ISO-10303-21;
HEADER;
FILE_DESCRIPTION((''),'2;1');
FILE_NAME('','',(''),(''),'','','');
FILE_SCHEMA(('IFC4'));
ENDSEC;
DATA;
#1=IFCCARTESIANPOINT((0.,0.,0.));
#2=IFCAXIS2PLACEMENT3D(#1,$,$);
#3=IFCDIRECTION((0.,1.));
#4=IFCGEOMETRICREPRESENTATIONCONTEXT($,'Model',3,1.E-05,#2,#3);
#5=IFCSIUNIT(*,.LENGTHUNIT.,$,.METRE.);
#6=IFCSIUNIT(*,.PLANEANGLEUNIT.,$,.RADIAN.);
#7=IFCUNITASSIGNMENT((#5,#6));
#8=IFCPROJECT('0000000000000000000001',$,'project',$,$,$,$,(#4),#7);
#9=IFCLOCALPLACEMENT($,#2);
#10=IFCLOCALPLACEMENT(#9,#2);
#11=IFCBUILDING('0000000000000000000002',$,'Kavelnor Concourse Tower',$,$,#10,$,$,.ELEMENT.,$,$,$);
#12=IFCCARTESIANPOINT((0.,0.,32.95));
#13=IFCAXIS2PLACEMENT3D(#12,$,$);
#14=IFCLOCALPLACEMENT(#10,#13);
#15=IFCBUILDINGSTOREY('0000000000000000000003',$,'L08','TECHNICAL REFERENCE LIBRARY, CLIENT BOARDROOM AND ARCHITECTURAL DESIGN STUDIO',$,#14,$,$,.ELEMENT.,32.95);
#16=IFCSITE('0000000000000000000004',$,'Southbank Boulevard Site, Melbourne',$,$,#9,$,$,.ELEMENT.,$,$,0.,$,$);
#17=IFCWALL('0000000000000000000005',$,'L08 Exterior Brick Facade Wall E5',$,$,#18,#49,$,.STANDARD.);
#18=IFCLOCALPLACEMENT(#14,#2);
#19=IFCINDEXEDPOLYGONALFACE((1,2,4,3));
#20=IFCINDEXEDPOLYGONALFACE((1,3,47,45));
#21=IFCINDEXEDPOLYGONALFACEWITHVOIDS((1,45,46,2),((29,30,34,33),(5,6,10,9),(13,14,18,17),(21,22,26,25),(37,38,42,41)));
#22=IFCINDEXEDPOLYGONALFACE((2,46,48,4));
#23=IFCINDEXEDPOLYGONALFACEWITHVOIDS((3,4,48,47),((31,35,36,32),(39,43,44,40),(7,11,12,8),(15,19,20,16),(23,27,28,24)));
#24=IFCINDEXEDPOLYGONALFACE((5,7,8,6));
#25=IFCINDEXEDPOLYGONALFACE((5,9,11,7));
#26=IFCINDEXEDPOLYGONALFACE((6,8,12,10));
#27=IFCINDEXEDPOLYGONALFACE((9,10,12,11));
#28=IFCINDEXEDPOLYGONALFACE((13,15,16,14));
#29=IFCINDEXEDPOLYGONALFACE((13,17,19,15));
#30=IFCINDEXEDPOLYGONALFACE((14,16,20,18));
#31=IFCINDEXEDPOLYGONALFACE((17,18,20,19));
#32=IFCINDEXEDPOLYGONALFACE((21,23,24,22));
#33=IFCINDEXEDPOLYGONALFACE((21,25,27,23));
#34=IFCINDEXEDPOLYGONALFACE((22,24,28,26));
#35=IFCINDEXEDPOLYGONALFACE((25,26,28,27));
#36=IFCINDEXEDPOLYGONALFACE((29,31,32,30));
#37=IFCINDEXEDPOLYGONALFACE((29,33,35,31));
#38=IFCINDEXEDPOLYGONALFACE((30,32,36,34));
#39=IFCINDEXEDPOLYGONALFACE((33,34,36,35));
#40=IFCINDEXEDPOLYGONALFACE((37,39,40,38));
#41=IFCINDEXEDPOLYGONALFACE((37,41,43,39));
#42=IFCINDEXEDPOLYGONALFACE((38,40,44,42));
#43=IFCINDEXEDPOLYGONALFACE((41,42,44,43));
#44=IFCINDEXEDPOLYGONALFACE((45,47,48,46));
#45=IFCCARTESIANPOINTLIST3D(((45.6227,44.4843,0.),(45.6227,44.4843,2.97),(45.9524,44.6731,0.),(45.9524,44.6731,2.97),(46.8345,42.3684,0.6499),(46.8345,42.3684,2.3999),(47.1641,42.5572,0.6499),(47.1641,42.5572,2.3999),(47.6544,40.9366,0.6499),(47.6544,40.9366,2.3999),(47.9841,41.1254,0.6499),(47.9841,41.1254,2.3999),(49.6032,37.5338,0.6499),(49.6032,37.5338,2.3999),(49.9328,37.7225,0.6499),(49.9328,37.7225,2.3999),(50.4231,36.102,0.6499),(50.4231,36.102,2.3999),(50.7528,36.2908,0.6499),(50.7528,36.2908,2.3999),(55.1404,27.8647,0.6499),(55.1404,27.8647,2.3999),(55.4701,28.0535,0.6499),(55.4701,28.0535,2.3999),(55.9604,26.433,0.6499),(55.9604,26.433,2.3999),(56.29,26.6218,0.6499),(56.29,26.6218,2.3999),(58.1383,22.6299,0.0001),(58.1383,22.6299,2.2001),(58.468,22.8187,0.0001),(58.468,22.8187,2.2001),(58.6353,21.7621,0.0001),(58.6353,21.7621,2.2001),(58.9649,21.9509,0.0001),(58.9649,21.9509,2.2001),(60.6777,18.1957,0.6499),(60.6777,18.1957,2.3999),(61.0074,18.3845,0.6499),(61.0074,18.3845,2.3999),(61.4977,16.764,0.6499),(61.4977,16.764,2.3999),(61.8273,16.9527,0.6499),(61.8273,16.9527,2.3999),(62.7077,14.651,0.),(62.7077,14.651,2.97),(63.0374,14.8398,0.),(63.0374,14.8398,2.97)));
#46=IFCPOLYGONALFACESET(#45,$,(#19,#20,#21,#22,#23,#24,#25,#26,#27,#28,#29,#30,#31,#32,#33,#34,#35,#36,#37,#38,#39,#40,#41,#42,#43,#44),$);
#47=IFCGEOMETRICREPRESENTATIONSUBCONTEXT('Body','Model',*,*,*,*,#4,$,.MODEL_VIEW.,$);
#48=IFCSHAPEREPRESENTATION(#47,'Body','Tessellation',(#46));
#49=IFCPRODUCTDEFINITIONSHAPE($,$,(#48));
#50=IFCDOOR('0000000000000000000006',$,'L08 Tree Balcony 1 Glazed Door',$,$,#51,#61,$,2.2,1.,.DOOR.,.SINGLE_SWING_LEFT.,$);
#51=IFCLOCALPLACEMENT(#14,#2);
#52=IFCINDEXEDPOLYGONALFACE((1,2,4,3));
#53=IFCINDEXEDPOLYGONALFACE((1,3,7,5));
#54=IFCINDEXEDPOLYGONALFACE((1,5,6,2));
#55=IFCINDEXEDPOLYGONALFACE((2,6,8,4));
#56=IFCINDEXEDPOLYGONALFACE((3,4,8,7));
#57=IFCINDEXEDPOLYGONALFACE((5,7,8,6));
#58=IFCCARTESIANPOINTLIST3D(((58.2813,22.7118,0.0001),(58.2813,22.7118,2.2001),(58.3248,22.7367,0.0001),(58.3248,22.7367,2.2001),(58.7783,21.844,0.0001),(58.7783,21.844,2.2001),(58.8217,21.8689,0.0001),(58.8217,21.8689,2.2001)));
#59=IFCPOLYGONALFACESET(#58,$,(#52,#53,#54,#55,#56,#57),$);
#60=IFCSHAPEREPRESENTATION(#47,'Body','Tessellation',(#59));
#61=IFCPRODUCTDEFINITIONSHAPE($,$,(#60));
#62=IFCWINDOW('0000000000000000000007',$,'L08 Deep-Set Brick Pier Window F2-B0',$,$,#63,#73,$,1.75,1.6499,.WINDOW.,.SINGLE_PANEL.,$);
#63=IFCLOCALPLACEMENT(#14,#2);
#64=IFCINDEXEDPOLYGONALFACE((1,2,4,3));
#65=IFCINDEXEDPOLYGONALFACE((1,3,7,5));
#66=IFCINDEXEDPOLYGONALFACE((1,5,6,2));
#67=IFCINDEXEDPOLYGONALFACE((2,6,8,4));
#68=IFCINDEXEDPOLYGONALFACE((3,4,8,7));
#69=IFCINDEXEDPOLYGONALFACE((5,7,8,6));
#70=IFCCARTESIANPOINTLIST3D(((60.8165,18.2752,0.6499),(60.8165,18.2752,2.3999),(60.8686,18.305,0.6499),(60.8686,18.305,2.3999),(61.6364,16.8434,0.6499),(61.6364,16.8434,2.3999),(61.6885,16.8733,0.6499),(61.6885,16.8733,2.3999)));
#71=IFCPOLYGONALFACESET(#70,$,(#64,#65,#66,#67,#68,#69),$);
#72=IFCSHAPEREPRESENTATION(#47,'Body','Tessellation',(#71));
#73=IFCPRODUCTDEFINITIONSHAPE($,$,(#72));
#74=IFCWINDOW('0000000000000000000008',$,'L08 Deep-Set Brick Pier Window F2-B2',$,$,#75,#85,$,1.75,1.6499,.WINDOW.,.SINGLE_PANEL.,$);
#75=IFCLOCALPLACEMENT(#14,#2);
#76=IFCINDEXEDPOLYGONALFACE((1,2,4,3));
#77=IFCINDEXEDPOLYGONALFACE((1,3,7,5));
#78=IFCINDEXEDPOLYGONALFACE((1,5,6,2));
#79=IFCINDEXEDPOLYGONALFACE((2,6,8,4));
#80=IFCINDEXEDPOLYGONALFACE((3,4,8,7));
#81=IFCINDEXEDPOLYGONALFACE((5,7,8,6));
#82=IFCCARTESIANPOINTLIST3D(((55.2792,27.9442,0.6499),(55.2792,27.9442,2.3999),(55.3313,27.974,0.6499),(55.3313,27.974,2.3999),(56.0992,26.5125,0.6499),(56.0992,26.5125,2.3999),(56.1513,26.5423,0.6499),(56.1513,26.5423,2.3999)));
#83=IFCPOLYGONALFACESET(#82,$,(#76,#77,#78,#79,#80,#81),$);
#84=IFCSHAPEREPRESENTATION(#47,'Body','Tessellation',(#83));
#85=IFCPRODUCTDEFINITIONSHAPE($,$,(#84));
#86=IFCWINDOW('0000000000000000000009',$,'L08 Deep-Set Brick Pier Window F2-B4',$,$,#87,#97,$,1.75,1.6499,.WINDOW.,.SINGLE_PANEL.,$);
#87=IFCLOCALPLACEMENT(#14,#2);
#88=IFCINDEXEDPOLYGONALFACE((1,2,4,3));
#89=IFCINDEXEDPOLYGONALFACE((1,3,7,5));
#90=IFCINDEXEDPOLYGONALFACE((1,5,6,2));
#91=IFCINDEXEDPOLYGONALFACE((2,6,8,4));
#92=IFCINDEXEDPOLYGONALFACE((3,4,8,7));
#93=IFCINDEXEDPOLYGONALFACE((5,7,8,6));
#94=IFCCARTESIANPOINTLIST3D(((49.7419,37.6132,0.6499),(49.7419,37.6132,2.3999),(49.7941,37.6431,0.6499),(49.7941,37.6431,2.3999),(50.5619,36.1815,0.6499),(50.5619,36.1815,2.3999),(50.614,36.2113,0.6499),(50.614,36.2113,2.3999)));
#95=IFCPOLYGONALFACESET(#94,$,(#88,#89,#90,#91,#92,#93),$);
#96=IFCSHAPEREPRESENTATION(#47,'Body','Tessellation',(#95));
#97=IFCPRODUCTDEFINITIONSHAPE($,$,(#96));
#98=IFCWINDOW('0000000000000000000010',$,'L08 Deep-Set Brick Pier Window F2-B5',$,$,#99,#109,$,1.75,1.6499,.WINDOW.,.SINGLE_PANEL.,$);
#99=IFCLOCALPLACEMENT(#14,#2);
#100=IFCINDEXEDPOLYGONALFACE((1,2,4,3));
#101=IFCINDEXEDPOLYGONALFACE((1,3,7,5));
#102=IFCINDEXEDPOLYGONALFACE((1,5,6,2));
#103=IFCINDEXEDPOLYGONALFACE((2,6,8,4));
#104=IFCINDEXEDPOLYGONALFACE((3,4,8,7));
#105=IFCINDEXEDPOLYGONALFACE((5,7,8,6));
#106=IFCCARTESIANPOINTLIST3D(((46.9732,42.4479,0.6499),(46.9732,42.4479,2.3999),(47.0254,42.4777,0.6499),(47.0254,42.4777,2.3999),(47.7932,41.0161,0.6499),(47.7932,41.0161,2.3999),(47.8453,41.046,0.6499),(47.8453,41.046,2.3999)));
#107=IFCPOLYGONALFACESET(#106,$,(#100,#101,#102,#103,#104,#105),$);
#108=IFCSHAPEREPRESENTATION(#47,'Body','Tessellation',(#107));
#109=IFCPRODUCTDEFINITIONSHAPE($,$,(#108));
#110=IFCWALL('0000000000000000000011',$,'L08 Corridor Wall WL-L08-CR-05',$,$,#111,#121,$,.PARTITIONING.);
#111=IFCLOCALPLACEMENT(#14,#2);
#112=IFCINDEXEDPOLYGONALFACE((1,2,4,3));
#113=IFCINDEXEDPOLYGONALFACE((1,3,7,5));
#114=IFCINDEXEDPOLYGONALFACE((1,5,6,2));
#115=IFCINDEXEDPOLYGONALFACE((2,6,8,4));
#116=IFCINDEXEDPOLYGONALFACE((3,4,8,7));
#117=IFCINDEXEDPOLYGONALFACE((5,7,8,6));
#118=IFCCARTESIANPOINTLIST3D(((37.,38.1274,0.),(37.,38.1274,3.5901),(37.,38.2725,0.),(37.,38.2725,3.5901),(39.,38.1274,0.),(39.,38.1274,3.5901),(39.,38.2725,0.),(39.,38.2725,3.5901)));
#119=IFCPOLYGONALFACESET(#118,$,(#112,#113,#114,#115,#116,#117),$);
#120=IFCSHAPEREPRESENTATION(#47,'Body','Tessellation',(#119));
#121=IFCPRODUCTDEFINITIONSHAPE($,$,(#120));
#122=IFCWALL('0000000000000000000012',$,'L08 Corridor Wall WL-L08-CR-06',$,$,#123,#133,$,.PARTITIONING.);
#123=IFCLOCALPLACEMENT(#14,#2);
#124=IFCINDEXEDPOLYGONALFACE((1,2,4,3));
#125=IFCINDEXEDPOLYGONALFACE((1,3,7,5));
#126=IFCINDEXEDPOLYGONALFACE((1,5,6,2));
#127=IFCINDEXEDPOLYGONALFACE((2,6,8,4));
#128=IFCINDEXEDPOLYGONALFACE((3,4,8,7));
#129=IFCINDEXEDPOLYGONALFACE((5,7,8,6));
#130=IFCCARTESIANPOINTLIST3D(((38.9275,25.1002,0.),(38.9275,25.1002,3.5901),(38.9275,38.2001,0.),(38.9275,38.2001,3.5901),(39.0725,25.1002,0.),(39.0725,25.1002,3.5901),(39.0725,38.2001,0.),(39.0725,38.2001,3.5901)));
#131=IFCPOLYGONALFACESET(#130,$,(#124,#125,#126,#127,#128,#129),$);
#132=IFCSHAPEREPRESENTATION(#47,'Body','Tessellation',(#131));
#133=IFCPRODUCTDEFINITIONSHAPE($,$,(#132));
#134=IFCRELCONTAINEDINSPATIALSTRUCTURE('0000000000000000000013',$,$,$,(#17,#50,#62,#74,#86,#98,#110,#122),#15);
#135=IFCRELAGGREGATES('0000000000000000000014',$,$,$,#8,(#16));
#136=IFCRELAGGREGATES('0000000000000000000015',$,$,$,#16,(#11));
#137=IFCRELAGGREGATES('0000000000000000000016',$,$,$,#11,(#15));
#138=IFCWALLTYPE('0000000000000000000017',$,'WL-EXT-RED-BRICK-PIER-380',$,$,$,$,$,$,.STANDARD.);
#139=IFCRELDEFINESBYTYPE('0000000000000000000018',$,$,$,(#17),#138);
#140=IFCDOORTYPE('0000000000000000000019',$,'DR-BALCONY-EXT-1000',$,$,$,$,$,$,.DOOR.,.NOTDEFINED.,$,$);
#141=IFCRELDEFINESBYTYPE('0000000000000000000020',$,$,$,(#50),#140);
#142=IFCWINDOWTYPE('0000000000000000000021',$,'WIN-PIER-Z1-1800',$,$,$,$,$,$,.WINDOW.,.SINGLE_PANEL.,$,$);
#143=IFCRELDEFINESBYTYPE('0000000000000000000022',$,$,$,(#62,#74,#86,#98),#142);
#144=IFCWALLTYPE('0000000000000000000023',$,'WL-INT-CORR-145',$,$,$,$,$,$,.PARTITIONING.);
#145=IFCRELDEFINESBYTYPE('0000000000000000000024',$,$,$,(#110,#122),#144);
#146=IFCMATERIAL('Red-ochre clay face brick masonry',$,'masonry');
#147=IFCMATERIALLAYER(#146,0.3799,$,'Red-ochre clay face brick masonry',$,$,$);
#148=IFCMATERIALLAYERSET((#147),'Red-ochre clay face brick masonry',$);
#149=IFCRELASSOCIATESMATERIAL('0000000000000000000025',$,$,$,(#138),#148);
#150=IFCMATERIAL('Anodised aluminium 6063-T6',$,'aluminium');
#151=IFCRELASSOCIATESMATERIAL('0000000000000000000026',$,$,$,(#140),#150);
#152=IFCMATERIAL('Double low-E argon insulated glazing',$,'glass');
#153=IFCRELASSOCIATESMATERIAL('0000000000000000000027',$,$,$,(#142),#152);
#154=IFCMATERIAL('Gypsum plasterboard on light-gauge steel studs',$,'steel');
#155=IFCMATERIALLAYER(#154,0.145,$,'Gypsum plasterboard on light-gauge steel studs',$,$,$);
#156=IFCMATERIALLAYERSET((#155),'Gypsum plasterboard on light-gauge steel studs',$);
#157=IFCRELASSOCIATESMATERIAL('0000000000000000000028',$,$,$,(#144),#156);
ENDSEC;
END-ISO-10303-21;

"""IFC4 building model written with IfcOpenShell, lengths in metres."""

from ifc_helpers import new_model, si_unit, direction, frame, frame_2d, origin, place, context, subcontext, project, spatial, rectangle, extrude, material, layer, layer_set, type_object, element, fill, save


model = new_model("IFC4")

# Units and contexts
model_context = context("Model", 3, precision=1e-05, world=origin(), true_north=direction((0.0, 1.0)))
body_context = subcontext(model_context, "Body", "Model", "MODEL_VIEW")
ifc_project = project(units=[si_unit("LENGTHUNIT", "METRE"), si_unit("PLANEANGLEUNIT", "RADIAN")], contexts=[model_context])

# Site, building, storey
site_placement = place(None, origin())
site = spatial("IfcSite", under=ifc_project, at=site_placement, Name="Southbank Boulevard Site, Melbourne", CompositionType="ELEMENT", RefElevation=0.0)
building_placement = place(site_placement, origin())
building = spatial("IfcBuilding", under=site, at=building_placement, Name="Kavelnor Concourse Tower", CompositionType="ELEMENT")
storey_placement = place(building_placement, frame((0.0, 0.0, 32.95)))
storey = spatial("IfcBuildingStorey", under=building, at=storey_placement, Name="L08", Description="TECHNICAL REFERENCE LIBRARY, CLIENT BOARDROOM AND ARCHITECTURAL DESIGN STUDIO", CompositionType="ELEMENT", Elevation=32.95)

# Wall, openings, door, windows
ifc_material_1 = material(Name="Red-ochre clay face brick masonry", Category="masonry")
ifc_layer_1 = layer(ifc_material_1, 0.3799, Name="Red-ochre clay face brick masonry")
ifc_layer_set_1 = layer_set([ifc_layer_1], Name="Red-ochre clay face brick masonry")
wall_type_1 = type_object("IfcWallType", Name="WL-EXT-RED-BRICK-PIER-380", PredefinedType="STANDARD", material=ifc_layer_set_1)
wall_1_placement = place(storey_placement, frame((45.7876, 44.5786, 0.0), z_axis=(0.0, 0.0, 1.0), x_axis=(0.496959, -0.867774, 0.0)))
wall_1 = element("IfcWall", 1, at=wall_1_placement, inside=storey, type_object=wall_type_1, Name="L08 Exterior Brick Facade Wall E5", PredefinedType="STANDARD", context=body_context, shape_type="SweptSolid", body=[
    extrude(rectangle(XDim=34.3792, YDim=0.3799, at=frame_2d((17.1895, 0.0))), origin(), (0.0, 0.0, 1.0), 2.97),
])
opening_1_placement = place(wall_1_placement, frame((25.1843, 0.0, 0.0)))
opening_1 = element("IfcOpeningElement", 2, at=opening_1_placement, cuts=wall_1, PredefinedType="OPENING", context=body_context, shape_type="SweptSolid", body=[
    extrude(rectangle(XDim=1.0, YDim=2.2, at=frame_2d((0.5, 1.1001))), frame((0.0, 0.2, 0.0), z_axis=(0.0, -1.0, 0.0), x_axis=(1.0, 0.0, 0.0)), (0.0, 0.0, 1.0), 0.3999),
])
opening_2_placement = place(wall_1_placement, frame((30.2942, 0.0, 0.6499)))
opening_2 = element("IfcOpeningElement", 3, at=opening_2_placement, cuts=wall_1, PredefinedType="OPENING", context=body_context, shape_type="SweptSolid", body=[
    extrude(rectangle(XDim=1.6499, YDim=1.75, at=frame_2d((0.825, 0.875))), frame((0.0, 0.2, 0.0), z_axis=(0.0, -1.0, 0.0), x_axis=(1.0, 0.0, 0.0)), (0.0, 0.0, 1.0), 0.3999),
])
opening_3_placement = place(wall_1_placement, frame((19.1519, 0.0, 0.6499)))
opening_3 = element("IfcOpeningElement", 4, at=opening_3_placement, cuts=wall_1, PredefinedType="OPENING", context=body_context, shape_type="SweptSolid", body=[
    extrude(rectangle(XDim=1.6499, YDim=1.75, at=frame_2d((0.825, 0.875))), frame((0.0, 0.2, 0.0), z_axis=(0.0, -1.0, 0.0), x_axis=(1.0, 0.0, 0.0)), (0.0, 0.0, 1.0), 0.3999),
])
opening_4_placement = place(wall_1_placement, frame((8.0095, 0.0, 0.6499)))
opening_4 = element("IfcOpeningElement", 5, at=opening_4_placement, cuts=wall_1, PredefinedType="OPENING", context=body_context, shape_type="SweptSolid", body=[
    extrude(rectangle(XDim=1.6499, YDim=1.75, at=frame_2d((0.825, 0.875))), frame((0.0, 0.2, 0.0), z_axis=(0.0, -1.0, 0.0), x_axis=(1.0, 0.0, 0.0)), (0.0, 0.0, 1.0), 0.3999),
])
opening_5_placement = place(wall_1_placement, frame((2.4382, 0.0, 0.6499)))
opening_5 = element("IfcOpeningElement", 6, at=opening_5_placement, cuts=wall_1, PredefinedType="OPENING", context=body_context, shape_type="SweptSolid", body=[
    extrude(rectangle(XDim=1.6499, YDim=1.75, at=frame_2d((0.825, 0.875))), frame((0.0, 0.2, 0.0), z_axis=(0.0, -1.0, 0.0), x_axis=(1.0, 0.0, 0.0)), (0.0, 0.0, 1.0), 0.3999),
])
ifc_material_2 = material(Name="Anodised aluminium 6063-T6", Category="aluminium")
door_type = type_object("IfcDoorType", Name="DR-BALCONY-EXT-1000", OperationType="NOTDEFINED", PredefinedType="DOOR", material=ifc_material_2)
door_placement = place(opening_1_placement, origin())
door = element("IfcDoor", 7, at=door_placement, inside=storey, type_object=door_type, Name="L08 Tree Balcony 1 Glazed Door", OperationType="SINGLE_SWING_LEFT", OverallHeight=2.2, OverallWidth=1.0, PredefinedType="DOOR", context=body_context, shape_type="SweptSolid", body=[
    extrude(rectangle(XDim=1.0, YDim=2.2, at=frame_2d((0.5, 1.1001))), frame((0.0, 0.0249, 0.0), z_axis=(0.0, -1.0, 0.0), x_axis=(1.0, 0.0, 0.0)), (0.0, 0.0, 1.0), 0.05),
])
fill(opening_1, door)
ifc_material_3 = material(Name="Double low-E argon insulated glazing", Category="glass")
window_type = type_object("IfcWindowType", Name="WIN-PIER-Z1-1800", PartitioningType="SINGLE_PANEL", PredefinedType="WINDOW", material=ifc_material_3)
window_1_placement = place(opening_2_placement, origin())
window_1 = element("IfcWindow", 8, at=window_1_placement, inside=storey, type_object=window_type, Name="L08 Deep-Set Brick Pier Window F2-B0", OverallHeight=1.75, OverallWidth=1.6499, PartitioningType="SINGLE_PANEL", PredefinedType="WINDOW", context=body_context, shape_type="SweptSolid", body=[
    extrude(rectangle(XDim=1.6499, YDim=1.75, at=frame_2d((0.825, 0.875))), frame((0.0, 0.03, 0.0), z_axis=(0.0, -1.0, 0.0), x_axis=(1.0, 0.0, 0.0)), (0.0, 0.0, 1.0), 0.0601),
])
fill(opening_2, window_1)
window_2_placement = place(opening_3_placement, origin())
window_2 = element("IfcWindow", 9, at=window_2_placement, inside=storey, type_object=window_type, Name="L08 Deep-Set Brick Pier Window F2-B2", OverallHeight=1.75, OverallWidth=1.6499, PartitioningType="SINGLE_PANEL", PredefinedType="WINDOW", context=body_context, shape_type="SweptSolid", body=[
    extrude(rectangle(XDim=1.6499, YDim=1.75, at=frame_2d((0.825, 0.875))), frame((0.0, 0.03, 0.0), z_axis=(0.0, -1.0, 0.0), x_axis=(1.0, 0.0, 0.0)), (0.0, 0.0, 1.0), 0.0601),
])
fill(opening_3, window_2)
window_3_placement = place(opening_4_placement, origin())
window_3 = element("IfcWindow", 10, at=window_3_placement, inside=storey, type_object=window_type, Name="L08 Deep-Set Brick Pier Window F2-B4", OverallHeight=1.75, OverallWidth=1.6499, PartitioningType="SINGLE_PANEL", PredefinedType="WINDOW", context=body_context, shape_type="SweptSolid", body=[
    extrude(rectangle(XDim=1.6499, YDim=1.75, at=frame_2d((0.825, 0.875))), frame((0.0, 0.03, 0.0), z_axis=(0.0, -1.0, 0.0), x_axis=(1.0, 0.0, 0.0)), (0.0, 0.0, 1.0), 0.0601),
])
fill(opening_4, window_3)
window_4_placement = place(opening_5_placement, origin())
window_4 = element("IfcWindow", 11, at=window_4_placement, inside=storey, type_object=window_type, Name="L08 Deep-Set Brick Pier Window F2-B5", OverallHeight=1.75, OverallWidth=1.6499, PartitioningType="SINGLE_PANEL", PredefinedType="WINDOW", context=body_context, shape_type="SweptSolid", body=[
    extrude(rectangle(XDim=1.6499, YDim=1.75, at=frame_2d((0.825, 0.875))), frame((0.0, 0.03, 0.0), z_axis=(0.0, -1.0, 0.0), x_axis=(1.0, 0.0, 0.0)), (0.0, 0.0, 1.0), 0.0601),
])
fill(opening_5, window_4)

# Walls
ifc_material_4 = material(Name="Gypsum plasterboard on light-gauge steel studs", Category="steel")
ifc_layer_2 = layer(ifc_material_4, 0.145, Name="Gypsum plasterboard on light-gauge steel studs")
ifc_layer_set_2 = layer_set([ifc_layer_2], Name="Gypsum plasterboard on light-gauge steel studs")
wall_type_2 = type_object("IfcWallType", Name="WL-INT-CORR-145", PredefinedType="PARTITIONING", material=ifc_layer_set_2)
wall_2_placement = place(storey_placement, frame((37.0, 38.2, 0.0), z_axis=(0.0, 0.0, 1.0), x_axis=(1.0, 0.0, 0.0)))
element("IfcWall", 12, at=wall_2_placement, inside=storey, type_object=wall_type_2, Name="L08 Corridor Wall WL-L08-CR-05", PredefinedType="PARTITIONING", context=body_context, shape_type="SweptSolid", body=[
    extrude(rectangle(XDim=2.0, YDim=0.145, at=frame_2d((1.0, 0.0))), origin(), (0.0, 0.0, 1.0), 3.5901),
])
wall_3_placement = place(storey_placement, frame((39.0, 38.2, 0.0), z_axis=(0.0, 0.0, 1.0), x_axis=(0.0, -1.0, 0.0)))
element("IfcWall", 13, at=wall_3_placement, inside=storey, type_object=wall_type_2, Name="L08 Corridor Wall WL-L08-CR-06", PredefinedType="PARTITIONING", context=body_context, shape_type="SweptSolid", body=[
    extrude(rectangle(XDim=13.0999, YDim=0.145, at=frame_2d((6.5498, 0.0))), origin(), (0.0, 0.0, 1.0), 3.5901),
])

save(model, "model.ifc")
